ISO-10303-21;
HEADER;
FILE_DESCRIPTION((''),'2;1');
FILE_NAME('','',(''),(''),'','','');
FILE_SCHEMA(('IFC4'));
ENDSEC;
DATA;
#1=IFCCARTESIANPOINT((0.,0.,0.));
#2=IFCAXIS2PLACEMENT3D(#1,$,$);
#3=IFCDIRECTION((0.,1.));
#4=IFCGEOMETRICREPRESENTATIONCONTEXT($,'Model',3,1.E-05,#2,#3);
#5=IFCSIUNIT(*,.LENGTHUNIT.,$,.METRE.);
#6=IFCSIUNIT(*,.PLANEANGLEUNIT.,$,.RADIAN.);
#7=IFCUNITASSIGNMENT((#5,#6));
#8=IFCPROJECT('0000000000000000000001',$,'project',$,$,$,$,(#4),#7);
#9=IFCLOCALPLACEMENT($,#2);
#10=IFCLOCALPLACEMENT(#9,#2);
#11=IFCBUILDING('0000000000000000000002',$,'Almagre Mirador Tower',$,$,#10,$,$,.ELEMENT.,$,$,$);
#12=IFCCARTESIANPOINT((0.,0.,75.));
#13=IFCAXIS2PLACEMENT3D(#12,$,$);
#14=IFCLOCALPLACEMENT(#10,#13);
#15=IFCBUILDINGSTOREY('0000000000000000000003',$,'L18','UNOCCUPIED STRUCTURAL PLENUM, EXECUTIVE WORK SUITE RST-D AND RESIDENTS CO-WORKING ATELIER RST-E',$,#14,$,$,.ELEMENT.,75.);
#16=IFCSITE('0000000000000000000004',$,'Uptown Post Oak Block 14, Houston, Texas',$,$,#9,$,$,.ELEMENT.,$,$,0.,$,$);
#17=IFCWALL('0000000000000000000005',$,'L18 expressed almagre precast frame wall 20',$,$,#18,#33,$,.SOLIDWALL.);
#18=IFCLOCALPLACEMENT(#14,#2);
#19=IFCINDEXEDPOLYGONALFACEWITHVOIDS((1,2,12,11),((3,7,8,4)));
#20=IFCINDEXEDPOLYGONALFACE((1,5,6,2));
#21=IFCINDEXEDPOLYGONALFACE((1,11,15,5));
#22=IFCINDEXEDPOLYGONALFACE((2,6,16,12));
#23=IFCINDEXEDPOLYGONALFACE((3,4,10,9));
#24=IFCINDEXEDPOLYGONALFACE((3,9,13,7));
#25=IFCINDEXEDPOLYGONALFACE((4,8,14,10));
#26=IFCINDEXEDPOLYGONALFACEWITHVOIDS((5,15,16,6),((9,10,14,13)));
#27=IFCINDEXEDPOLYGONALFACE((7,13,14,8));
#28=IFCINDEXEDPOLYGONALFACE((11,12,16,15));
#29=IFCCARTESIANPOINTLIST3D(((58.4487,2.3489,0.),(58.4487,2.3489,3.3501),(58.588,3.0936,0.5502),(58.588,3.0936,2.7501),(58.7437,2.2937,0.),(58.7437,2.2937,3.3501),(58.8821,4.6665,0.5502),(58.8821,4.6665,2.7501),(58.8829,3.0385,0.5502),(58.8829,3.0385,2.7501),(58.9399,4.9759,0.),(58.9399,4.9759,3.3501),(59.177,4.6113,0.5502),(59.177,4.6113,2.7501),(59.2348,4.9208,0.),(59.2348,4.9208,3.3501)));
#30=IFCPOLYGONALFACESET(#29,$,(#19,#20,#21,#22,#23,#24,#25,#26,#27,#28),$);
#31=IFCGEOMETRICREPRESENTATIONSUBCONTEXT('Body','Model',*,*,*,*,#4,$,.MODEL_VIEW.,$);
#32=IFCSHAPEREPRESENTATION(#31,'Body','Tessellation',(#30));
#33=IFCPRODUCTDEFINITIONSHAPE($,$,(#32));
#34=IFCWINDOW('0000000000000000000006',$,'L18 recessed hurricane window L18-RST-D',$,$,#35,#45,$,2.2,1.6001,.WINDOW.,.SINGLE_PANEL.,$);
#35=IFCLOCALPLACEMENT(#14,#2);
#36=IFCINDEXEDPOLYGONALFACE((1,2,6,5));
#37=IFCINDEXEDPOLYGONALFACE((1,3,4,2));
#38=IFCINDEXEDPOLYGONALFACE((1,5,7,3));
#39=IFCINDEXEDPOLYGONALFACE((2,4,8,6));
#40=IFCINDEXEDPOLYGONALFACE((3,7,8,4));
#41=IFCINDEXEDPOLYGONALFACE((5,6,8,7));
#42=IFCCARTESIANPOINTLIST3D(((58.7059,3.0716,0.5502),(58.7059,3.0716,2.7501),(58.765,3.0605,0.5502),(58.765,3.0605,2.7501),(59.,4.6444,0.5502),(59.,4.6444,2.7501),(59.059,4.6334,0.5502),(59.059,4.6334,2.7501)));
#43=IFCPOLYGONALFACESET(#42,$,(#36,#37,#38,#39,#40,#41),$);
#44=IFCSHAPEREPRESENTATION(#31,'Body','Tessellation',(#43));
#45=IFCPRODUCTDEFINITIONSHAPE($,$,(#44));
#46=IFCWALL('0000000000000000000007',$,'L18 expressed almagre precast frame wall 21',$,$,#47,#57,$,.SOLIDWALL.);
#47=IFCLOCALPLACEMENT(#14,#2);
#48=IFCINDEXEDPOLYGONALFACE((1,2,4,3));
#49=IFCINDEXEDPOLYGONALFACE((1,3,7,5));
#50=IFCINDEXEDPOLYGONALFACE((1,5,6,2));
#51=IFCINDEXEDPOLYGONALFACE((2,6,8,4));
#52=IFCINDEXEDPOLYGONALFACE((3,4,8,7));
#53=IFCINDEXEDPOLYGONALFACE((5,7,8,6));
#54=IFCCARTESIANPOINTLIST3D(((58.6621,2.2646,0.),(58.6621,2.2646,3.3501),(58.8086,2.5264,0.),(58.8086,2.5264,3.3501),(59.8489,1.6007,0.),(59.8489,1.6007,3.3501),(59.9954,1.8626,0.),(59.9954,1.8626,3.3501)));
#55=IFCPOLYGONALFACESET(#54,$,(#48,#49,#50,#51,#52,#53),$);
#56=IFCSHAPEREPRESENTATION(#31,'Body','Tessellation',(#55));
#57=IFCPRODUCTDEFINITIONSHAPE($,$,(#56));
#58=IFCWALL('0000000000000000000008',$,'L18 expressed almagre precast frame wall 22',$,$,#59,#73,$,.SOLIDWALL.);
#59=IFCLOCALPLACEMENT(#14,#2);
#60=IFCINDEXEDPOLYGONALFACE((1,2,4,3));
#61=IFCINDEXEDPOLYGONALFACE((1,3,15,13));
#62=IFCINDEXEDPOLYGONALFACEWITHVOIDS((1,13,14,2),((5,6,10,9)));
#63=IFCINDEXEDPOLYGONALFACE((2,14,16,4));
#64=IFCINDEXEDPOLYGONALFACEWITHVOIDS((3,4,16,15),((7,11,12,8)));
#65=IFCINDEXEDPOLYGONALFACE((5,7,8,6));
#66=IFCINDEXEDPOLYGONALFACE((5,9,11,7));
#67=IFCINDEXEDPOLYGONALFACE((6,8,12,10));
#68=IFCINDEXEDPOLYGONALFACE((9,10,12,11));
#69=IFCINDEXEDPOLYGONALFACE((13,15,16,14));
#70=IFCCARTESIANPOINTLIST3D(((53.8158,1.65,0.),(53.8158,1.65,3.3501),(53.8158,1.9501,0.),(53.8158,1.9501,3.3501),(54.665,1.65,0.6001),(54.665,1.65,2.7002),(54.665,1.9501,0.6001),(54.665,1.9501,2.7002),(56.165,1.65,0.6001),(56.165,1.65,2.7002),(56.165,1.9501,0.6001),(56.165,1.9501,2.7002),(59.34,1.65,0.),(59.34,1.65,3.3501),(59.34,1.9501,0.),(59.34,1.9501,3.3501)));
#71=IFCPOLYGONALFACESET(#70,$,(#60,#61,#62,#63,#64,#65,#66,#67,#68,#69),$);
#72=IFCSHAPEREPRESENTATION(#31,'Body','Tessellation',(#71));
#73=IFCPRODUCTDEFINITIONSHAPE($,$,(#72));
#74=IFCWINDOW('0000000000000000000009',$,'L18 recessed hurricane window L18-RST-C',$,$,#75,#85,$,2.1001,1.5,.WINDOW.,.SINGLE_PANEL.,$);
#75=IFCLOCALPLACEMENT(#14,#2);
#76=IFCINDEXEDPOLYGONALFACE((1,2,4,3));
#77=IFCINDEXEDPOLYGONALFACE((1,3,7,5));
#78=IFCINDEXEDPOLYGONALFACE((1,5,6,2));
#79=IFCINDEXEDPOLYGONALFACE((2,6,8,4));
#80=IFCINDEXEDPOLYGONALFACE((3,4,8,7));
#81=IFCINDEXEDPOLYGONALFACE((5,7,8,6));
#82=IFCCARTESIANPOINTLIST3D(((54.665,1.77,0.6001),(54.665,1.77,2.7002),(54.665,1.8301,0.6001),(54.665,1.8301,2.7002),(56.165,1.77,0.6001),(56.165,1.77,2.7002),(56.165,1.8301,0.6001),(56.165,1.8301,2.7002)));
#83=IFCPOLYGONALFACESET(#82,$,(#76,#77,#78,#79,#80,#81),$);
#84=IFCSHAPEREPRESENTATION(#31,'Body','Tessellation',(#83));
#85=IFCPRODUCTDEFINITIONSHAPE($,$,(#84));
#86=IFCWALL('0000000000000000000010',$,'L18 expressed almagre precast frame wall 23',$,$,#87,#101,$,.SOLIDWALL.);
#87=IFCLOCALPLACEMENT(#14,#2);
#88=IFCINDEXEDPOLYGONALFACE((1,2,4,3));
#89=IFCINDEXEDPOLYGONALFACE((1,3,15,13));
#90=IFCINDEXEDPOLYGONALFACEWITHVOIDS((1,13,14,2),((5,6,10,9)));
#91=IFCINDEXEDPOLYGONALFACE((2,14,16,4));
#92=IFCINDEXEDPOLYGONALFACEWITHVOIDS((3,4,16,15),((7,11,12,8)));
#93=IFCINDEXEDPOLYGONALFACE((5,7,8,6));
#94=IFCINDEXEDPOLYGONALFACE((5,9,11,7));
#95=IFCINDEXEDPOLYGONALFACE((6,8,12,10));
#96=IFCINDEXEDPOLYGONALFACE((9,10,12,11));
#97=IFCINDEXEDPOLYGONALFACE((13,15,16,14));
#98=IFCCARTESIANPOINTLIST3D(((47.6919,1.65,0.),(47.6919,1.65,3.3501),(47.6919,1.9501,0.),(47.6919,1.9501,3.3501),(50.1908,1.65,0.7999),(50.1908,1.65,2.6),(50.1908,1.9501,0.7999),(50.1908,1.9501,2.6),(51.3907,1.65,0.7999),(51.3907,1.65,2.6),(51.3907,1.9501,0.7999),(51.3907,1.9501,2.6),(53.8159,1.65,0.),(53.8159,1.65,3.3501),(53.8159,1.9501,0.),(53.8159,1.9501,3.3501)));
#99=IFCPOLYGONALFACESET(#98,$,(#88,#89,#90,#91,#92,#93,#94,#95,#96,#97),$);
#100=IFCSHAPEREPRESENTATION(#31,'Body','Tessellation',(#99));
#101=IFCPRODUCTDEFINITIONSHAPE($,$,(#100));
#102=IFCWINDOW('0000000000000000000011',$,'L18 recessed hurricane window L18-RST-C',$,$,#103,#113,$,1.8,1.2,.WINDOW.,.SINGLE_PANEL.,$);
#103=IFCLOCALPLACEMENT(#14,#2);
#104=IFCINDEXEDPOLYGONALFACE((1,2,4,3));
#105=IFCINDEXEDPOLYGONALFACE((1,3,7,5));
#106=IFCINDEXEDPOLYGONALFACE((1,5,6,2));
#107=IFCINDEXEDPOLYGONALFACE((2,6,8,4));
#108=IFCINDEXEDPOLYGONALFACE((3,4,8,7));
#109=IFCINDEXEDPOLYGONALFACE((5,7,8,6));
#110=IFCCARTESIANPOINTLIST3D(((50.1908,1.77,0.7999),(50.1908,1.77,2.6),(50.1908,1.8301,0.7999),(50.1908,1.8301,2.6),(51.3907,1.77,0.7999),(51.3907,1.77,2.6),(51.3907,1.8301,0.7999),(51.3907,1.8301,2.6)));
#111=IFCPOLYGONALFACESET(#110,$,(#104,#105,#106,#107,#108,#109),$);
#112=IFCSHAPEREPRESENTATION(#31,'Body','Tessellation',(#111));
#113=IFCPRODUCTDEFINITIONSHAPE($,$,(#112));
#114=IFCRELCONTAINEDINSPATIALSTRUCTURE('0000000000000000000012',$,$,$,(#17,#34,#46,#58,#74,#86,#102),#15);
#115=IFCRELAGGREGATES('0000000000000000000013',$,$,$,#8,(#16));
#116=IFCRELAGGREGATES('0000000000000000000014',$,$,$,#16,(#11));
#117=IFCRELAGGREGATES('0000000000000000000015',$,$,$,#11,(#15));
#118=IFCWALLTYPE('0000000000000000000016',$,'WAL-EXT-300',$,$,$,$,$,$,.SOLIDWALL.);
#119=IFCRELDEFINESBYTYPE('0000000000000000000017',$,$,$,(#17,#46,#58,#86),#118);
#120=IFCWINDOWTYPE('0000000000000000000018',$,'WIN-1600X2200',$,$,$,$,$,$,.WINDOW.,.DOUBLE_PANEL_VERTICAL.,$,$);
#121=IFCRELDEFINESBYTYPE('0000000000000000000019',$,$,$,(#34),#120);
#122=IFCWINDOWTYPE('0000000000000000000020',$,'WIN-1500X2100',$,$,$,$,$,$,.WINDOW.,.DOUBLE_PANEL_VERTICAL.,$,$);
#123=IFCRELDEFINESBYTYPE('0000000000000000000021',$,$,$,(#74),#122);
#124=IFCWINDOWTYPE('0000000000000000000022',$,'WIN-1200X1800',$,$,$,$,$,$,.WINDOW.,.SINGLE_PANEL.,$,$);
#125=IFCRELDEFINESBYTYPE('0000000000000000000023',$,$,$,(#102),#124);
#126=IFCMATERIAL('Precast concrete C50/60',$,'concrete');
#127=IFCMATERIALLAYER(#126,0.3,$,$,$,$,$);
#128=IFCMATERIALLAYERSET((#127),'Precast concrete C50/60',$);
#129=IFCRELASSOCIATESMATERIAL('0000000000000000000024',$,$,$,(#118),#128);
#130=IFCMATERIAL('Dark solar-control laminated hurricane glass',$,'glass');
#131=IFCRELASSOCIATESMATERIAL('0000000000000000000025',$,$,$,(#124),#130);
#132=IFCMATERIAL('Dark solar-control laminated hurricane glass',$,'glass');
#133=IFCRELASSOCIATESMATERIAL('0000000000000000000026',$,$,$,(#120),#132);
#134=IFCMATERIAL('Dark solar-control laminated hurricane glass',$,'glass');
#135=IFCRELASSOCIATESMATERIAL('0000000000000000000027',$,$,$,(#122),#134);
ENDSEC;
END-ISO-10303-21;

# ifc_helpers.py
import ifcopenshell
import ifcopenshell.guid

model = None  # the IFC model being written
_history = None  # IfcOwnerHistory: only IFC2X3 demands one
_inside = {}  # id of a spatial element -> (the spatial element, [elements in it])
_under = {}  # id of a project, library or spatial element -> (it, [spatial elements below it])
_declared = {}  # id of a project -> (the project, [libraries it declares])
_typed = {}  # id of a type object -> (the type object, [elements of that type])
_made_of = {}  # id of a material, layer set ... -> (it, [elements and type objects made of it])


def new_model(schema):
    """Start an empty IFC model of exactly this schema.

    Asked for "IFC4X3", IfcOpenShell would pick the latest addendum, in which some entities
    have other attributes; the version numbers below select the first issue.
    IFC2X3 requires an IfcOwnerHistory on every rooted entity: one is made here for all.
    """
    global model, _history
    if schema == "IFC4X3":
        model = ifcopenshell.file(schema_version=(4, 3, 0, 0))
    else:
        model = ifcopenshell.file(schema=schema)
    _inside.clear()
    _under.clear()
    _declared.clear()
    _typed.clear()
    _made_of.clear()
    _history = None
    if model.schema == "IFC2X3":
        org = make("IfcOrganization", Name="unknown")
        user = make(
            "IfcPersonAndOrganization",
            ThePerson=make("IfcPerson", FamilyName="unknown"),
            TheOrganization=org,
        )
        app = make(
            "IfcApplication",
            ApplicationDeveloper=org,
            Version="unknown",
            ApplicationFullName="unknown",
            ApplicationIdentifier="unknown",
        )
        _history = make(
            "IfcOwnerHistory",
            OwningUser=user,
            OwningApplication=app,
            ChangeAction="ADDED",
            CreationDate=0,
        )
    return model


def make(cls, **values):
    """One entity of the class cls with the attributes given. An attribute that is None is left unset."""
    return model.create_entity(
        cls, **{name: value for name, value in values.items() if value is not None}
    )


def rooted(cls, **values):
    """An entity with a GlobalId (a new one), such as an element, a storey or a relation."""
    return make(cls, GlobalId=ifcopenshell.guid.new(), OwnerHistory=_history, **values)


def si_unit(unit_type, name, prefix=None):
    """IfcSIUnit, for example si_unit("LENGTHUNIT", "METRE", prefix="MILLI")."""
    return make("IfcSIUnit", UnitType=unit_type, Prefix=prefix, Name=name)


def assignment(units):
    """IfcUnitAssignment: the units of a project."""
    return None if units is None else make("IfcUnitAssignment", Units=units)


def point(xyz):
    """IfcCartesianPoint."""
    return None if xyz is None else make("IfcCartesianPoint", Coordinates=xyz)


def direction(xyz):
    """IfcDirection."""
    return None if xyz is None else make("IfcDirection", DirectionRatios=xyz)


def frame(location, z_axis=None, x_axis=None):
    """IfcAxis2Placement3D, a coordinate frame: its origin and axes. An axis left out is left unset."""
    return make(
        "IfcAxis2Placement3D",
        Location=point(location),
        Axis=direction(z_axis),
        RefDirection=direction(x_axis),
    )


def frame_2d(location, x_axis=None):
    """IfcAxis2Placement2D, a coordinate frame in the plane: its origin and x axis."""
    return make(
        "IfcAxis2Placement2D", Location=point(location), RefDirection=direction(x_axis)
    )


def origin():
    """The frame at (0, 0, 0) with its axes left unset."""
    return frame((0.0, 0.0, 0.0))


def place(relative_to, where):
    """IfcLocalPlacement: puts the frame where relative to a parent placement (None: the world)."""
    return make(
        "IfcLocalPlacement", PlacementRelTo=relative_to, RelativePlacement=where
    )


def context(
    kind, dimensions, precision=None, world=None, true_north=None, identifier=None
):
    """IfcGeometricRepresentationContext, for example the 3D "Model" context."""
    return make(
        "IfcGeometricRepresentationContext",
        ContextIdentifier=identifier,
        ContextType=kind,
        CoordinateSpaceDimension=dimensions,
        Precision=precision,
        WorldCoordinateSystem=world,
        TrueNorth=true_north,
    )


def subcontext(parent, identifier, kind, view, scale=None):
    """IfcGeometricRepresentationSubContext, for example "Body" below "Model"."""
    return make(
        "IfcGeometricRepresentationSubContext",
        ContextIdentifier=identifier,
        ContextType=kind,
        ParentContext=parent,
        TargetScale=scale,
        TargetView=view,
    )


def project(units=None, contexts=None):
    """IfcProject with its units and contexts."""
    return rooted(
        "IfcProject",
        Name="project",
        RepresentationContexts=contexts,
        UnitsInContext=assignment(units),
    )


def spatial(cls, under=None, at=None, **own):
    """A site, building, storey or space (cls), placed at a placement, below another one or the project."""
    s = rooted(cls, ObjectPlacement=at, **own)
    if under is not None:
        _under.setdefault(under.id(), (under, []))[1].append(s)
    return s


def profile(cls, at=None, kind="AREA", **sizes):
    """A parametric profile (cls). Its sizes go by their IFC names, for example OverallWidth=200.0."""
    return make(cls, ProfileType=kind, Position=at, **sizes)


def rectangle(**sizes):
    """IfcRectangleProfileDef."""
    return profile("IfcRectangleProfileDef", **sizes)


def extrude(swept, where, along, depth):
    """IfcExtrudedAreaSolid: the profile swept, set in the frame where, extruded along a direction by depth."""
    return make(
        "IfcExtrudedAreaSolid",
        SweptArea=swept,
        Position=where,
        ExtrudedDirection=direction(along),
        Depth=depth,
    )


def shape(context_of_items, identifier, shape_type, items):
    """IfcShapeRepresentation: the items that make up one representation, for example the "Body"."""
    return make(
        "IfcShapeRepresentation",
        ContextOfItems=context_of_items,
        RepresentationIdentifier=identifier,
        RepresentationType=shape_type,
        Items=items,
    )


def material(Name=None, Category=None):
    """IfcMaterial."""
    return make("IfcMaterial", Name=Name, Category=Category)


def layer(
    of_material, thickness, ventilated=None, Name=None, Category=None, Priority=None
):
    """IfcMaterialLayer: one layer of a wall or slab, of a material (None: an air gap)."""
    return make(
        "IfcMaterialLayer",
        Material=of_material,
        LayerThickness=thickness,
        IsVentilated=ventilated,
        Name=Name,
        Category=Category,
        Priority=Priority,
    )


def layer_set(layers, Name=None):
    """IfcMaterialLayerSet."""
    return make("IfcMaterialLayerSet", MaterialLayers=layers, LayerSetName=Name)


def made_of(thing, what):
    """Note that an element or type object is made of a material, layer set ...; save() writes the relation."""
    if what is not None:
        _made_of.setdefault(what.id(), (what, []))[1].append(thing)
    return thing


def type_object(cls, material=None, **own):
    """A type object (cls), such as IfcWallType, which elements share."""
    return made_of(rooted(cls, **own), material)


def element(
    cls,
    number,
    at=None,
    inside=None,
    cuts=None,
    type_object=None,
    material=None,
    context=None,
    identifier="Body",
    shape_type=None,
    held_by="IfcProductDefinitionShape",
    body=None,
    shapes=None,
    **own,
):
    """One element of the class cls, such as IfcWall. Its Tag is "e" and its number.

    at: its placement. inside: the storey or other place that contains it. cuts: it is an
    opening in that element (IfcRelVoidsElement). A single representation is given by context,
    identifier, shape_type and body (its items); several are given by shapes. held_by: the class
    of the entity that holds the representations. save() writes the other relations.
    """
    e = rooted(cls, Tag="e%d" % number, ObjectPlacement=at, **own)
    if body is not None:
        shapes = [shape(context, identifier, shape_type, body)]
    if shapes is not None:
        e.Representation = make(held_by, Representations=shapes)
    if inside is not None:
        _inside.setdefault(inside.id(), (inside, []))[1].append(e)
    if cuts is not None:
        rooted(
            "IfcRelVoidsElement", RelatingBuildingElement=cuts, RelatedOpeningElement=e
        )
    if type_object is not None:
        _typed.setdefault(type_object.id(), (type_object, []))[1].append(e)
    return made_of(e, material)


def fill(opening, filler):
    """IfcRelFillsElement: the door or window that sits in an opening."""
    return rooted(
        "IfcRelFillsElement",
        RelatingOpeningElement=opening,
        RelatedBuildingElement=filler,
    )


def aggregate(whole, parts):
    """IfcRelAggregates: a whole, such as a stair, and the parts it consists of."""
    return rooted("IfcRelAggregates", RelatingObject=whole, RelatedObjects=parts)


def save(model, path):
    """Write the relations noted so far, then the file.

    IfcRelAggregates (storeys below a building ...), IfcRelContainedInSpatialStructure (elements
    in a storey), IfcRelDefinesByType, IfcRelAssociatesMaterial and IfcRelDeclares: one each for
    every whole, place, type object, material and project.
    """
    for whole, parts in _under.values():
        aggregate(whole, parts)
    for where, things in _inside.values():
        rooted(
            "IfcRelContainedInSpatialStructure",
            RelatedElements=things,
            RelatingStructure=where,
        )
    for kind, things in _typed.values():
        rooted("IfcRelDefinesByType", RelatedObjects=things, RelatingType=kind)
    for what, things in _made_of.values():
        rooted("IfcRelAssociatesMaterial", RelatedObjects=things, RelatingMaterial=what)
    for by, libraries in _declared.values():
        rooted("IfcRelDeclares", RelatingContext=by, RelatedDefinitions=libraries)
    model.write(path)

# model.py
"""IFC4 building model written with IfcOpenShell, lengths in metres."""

from ifc_helpers import new_model, si_unit, direction, frame, frame_2d, origin, place, context, subcontext, project, spatial, rectangle, extrude, material, layer, layer_set, type_object, element, fill, save


model = new_model("IFC4")

# Units and contexts
model_context = context("Model", 3, precision=1e-05, world=origin(), true_north=direction((0.0, 1.0)))
body_context = subcontext(model_context, "Body", "Model", "MODEL_VIEW")
ifc_project = project(units=[si_unit("LENGTHUNIT", "METRE"), si_unit("PLANEANGLEUNIT", "RADIAN")], contexts=[model_context])

# Site, building, storey
site_placement = place(None, origin())
site = spatial("IfcSite", under=ifc_project, at=site_placement, Name="Uptown Post Oak Block 14, Houston, Texas", CompositionType="ELEMENT", RefElevation=0.0)
building_placement = place(site_placement, origin())
building = spatial("IfcBuilding", under=site, at=building_placement, Name="Almagre Mirador Tower", CompositionType="ELEMENT")
storey_placement = place(building_placement, frame((0.0, 0.0, 75.0)))
storey = spatial("IfcBuildingStorey", under=building, at=storey_placement, Name="L18", Description="UNOCCUPIED STRUCTURAL PLENUM, EXECUTIVE WORK SUITE RST-D AND RESIDENTS CO-WORKING ATELIER RST-E", CompositionType="ELEMENT", Elevation=75.0)

# Shared definitions
ifc_material_1 = material(Name="Precast concrete C50/60", Category="concrete")
ifc_layer = layer(ifc_material_1, 0.3)
ifc_layer_set = layer_set([ifc_layer], Name="Precast concrete C50/60")
wall_type = type_object("IfcWallType", Name="WAL-EXT-300", PredefinedType="SOLIDWALL", material=ifc_layer_set)
ifc_material_2 = material(Name="Dark solar-control laminated hurricane glass", Category="glass")
window_type_1 = type_object("IfcWindowType", Name="WIN-1200X1800", PartitioningType="SINGLE_PANEL", PredefinedType="WINDOW", material=ifc_material_2)

# Wall, opening, window
ifc_material_3 = material(Name="Dark solar-control laminated hurricane glass", Category="glass")
window_type_2 = type_object("IfcWindowType", Name="WIN-1600X2200", PartitioningType="DOUBLE_PANEL_VERTICAL", PredefinedType="WINDOW", material=ifc_material_3)
wall_1_placement = place(storey_placement, frame((59.0874, 4.9485, 0.0), z_axis=(0.0, 0.0, 1.0), x_axis=(-0.183787, -0.982966, 0.0)))
wall_1 = element("IfcWall", 1, at=wall_1_placement, inside=storey, type_object=wall_type, Name="L18 expressed almagre precast frame wall 20", PredefinedType="SOLIDWALL", context=body_context, shape_type="SweptSolid", body=[
    extrude(rectangle(XDim=2.6726, YDim=0.3, at=frame_2d((1.3364, 0.0))), origin(), (0.0, 0.0, 1.0), 3.3501),
])
opening_1_placement = place(wall_1_placement, frame((0.3149, 0.0, 0.55)))
opening_1 = element("IfcOpeningElement", 2, at=opening_1_placement, cuts=wall_1, PredefinedType="OPENING", context=body_context, shape_type="SweptSolid", body=[
    extrude(rectangle(XDim=1.6001, YDim=2.2, at=frame_2d((0.8, 1.1001))), frame((0.0, 0.1599, 0.0), z_axis=(0.0, -1.0, 0.0), x_axis=(1.0, 0.0, 0.0)), (0.0, 0.0, 1.0), 0.32),
])
window_1_placement = place(opening_1_placement, origin())
window_1 = element("IfcWindow", 3, at=window_1_placement, inside=storey, type_object=window_type_2, Name="L18 recessed hurricane window L18-RST-D", OverallHeight=2.2, OverallWidth=1.6001, PartitioningType="SINGLE_PANEL", PredefinedType="WINDOW", context=body_context, shape_type="SweptSolid", body=[
    extrude(rectangle(XDim=1.6001, YDim=2.2, at=frame_2d((0.8, 1.1001))), frame((0.0, 0.03, 0.0), z_axis=(0.0, -1.0, 0.0), x_axis=(1.0, 0.0, 0.0)), (0.0, 0.0, 1.0), 0.0601),
])
fill(opening_1, window_1)

# Wall
wall_2_placement = place(storey_placement, frame((58.7354, 2.3955, 0.0), z_axis=(0.0, 0.0, 1.0), x_axis=(0.872748, -0.488171, 0.0)))
element("IfcWall", 4, at=wall_2_placement, inside=storey, type_object=wall_type, Name="L18 expressed almagre precast frame wall 21", PredefinedType="SOLIDWALL", context=body_context, shape_type="SweptSolid", body=[
    extrude(rectangle(XDim=1.3599, YDim=0.3, at=frame_2d((0.6799, 0.0))), origin(), (0.0, 0.0, 1.0), 3.3501),
])

# Walls, openings, windows
wall_3_placement = place(storey_placement, frame((59.3401, 1.8, 0.0), z_axis=(0.0, 0.0, 1.0), x_axis=(-1.0, 0.0, 0.0)))
wall_3 = element("IfcWall", 5, at=wall_3_placement, inside=storey, type_object=wall_type, Name="L18 expressed almagre precast frame wall 22", PredefinedType="SOLIDWALL", context=body_context, shape_type="SweptSolid", body=[
    extrude(rectangle(XDim=5.5242, YDim=0.3, at=frame_2d((2.7622, 0.0))), origin(), (0.0, 0.0, 1.0), 3.3501),
])
opening_2_placement = place(wall_3_placement, frame((3.175, 0.0, 0.6001)))
opening_2 = element("IfcOpeningElement", 6, at=opening_2_placement, cuts=wall_3, PredefinedType="OPENING", context=body_context, shape_type="SweptSolid", body=[
    extrude(rectangle(XDim=1.5, YDim=2.1001, at=frame_2d((0.75, 1.05))), frame((0.0, 0.1599, 0.0), z_axis=(0.0, -1.0, 0.0), x_axis=(1.0, 0.0, 0.0)), (0.0, 0.0, 1.0), 0.32),
])
ifc_material_4 = material(Name="Dark solar-control laminated hurricane glass", Category="glass")
window_type_3 = type_object("IfcWindowType", Name="WIN-1500X2100", PartitioningType="DOUBLE_PANEL_VERTICAL", PredefinedType="WINDOW", material=ifc_material_4)
window_2_placement = place(opening_2_placement, origin())
window_2 = element("IfcWindow", 7, at=window_2_placement, inside=storey, type_object=window_type_3, Name="L18 recessed hurricane window L18-RST-C", OverallHeight=2.1001, OverallWidth=1.5, PartitioningType="SINGLE_PANEL", PredefinedType="WINDOW", context=body_context, shape_type="SweptSolid", body=[
    extrude(rectangle(XDim=1.5, YDim=2.1001, at=frame_2d((0.75, 1.05))), frame((0.0, 0.03, 0.0), z_axis=(0.0, -1.0, 0.0), x_axis=(1.0, 0.0, 0.0)), (0.0, 0.0, 1.0), 0.0601),
])
fill(opening_2, window_2)
wall_4_placement = place(storey_placement, frame((53.8159, 1.8, 0.0), z_axis=(0.0, 0.0, 1.0), x_axis=(-1.0, 0.0, 0.0)))
wall_4 = element("IfcWall", 8, at=wall_4_placement, inside=storey, type_object=wall_type, Name="L18 expressed almagre precast frame wall 23", PredefinedType="SOLIDWALL", context=body_context, shape_type="SweptSolid", body=[
    extrude(rectangle(XDim=6.124, YDim=0.3, at=frame_2d((3.062, 0.0))), origin(), (0.0, 0.0, 1.0), 3.3501),
])
opening_3_placement = place(wall_4_placement, frame((2.425, 0.0, 0.8)))
opening_3 = element("IfcOpeningElement", 9, at=opening_3_placement, cuts=wall_4, PredefinedType="OPENING", context=body_context, shape_type="SweptSolid", body=[
    extrude(rectangle(XDim=1.2, YDim=1.8, at=frame_2d((0.6001, 0.8999))), frame((0.0, 0.1599, 0.0), z_axis=(0.0, -1.0, 0.0), x_axis=(1.0, 0.0, 0.0)), (0.0, 0.0, 1.0), 0.32),
])
window_3_placement = place(opening_3_placement, origin())
window_3 = element("IfcWindow", 10, at=window_3_placement, inside=storey, type_object=window_type_1, Name="L18 recessed hurricane window L18-RST-C", OverallHeight=1.8, OverallWidth=1.2, PartitioningType="SINGLE_PANEL", PredefinedType="WINDOW", context=body_context, shape_type="SweptSolid", body=[
    extrude(rectangle(XDim=1.2, YDim=1.8, at=frame_2d((0.6001, 0.8999))), frame((0.0, 0.03, 0.0), z_axis=(0.0, -1.0, 0.0), x_axis=(1.0, 0.0, 0.0)), (0.0, 0.0, 1.0), 0.0601),
])
fill(opening_3, window_3)

save(model, "model.ifc")
